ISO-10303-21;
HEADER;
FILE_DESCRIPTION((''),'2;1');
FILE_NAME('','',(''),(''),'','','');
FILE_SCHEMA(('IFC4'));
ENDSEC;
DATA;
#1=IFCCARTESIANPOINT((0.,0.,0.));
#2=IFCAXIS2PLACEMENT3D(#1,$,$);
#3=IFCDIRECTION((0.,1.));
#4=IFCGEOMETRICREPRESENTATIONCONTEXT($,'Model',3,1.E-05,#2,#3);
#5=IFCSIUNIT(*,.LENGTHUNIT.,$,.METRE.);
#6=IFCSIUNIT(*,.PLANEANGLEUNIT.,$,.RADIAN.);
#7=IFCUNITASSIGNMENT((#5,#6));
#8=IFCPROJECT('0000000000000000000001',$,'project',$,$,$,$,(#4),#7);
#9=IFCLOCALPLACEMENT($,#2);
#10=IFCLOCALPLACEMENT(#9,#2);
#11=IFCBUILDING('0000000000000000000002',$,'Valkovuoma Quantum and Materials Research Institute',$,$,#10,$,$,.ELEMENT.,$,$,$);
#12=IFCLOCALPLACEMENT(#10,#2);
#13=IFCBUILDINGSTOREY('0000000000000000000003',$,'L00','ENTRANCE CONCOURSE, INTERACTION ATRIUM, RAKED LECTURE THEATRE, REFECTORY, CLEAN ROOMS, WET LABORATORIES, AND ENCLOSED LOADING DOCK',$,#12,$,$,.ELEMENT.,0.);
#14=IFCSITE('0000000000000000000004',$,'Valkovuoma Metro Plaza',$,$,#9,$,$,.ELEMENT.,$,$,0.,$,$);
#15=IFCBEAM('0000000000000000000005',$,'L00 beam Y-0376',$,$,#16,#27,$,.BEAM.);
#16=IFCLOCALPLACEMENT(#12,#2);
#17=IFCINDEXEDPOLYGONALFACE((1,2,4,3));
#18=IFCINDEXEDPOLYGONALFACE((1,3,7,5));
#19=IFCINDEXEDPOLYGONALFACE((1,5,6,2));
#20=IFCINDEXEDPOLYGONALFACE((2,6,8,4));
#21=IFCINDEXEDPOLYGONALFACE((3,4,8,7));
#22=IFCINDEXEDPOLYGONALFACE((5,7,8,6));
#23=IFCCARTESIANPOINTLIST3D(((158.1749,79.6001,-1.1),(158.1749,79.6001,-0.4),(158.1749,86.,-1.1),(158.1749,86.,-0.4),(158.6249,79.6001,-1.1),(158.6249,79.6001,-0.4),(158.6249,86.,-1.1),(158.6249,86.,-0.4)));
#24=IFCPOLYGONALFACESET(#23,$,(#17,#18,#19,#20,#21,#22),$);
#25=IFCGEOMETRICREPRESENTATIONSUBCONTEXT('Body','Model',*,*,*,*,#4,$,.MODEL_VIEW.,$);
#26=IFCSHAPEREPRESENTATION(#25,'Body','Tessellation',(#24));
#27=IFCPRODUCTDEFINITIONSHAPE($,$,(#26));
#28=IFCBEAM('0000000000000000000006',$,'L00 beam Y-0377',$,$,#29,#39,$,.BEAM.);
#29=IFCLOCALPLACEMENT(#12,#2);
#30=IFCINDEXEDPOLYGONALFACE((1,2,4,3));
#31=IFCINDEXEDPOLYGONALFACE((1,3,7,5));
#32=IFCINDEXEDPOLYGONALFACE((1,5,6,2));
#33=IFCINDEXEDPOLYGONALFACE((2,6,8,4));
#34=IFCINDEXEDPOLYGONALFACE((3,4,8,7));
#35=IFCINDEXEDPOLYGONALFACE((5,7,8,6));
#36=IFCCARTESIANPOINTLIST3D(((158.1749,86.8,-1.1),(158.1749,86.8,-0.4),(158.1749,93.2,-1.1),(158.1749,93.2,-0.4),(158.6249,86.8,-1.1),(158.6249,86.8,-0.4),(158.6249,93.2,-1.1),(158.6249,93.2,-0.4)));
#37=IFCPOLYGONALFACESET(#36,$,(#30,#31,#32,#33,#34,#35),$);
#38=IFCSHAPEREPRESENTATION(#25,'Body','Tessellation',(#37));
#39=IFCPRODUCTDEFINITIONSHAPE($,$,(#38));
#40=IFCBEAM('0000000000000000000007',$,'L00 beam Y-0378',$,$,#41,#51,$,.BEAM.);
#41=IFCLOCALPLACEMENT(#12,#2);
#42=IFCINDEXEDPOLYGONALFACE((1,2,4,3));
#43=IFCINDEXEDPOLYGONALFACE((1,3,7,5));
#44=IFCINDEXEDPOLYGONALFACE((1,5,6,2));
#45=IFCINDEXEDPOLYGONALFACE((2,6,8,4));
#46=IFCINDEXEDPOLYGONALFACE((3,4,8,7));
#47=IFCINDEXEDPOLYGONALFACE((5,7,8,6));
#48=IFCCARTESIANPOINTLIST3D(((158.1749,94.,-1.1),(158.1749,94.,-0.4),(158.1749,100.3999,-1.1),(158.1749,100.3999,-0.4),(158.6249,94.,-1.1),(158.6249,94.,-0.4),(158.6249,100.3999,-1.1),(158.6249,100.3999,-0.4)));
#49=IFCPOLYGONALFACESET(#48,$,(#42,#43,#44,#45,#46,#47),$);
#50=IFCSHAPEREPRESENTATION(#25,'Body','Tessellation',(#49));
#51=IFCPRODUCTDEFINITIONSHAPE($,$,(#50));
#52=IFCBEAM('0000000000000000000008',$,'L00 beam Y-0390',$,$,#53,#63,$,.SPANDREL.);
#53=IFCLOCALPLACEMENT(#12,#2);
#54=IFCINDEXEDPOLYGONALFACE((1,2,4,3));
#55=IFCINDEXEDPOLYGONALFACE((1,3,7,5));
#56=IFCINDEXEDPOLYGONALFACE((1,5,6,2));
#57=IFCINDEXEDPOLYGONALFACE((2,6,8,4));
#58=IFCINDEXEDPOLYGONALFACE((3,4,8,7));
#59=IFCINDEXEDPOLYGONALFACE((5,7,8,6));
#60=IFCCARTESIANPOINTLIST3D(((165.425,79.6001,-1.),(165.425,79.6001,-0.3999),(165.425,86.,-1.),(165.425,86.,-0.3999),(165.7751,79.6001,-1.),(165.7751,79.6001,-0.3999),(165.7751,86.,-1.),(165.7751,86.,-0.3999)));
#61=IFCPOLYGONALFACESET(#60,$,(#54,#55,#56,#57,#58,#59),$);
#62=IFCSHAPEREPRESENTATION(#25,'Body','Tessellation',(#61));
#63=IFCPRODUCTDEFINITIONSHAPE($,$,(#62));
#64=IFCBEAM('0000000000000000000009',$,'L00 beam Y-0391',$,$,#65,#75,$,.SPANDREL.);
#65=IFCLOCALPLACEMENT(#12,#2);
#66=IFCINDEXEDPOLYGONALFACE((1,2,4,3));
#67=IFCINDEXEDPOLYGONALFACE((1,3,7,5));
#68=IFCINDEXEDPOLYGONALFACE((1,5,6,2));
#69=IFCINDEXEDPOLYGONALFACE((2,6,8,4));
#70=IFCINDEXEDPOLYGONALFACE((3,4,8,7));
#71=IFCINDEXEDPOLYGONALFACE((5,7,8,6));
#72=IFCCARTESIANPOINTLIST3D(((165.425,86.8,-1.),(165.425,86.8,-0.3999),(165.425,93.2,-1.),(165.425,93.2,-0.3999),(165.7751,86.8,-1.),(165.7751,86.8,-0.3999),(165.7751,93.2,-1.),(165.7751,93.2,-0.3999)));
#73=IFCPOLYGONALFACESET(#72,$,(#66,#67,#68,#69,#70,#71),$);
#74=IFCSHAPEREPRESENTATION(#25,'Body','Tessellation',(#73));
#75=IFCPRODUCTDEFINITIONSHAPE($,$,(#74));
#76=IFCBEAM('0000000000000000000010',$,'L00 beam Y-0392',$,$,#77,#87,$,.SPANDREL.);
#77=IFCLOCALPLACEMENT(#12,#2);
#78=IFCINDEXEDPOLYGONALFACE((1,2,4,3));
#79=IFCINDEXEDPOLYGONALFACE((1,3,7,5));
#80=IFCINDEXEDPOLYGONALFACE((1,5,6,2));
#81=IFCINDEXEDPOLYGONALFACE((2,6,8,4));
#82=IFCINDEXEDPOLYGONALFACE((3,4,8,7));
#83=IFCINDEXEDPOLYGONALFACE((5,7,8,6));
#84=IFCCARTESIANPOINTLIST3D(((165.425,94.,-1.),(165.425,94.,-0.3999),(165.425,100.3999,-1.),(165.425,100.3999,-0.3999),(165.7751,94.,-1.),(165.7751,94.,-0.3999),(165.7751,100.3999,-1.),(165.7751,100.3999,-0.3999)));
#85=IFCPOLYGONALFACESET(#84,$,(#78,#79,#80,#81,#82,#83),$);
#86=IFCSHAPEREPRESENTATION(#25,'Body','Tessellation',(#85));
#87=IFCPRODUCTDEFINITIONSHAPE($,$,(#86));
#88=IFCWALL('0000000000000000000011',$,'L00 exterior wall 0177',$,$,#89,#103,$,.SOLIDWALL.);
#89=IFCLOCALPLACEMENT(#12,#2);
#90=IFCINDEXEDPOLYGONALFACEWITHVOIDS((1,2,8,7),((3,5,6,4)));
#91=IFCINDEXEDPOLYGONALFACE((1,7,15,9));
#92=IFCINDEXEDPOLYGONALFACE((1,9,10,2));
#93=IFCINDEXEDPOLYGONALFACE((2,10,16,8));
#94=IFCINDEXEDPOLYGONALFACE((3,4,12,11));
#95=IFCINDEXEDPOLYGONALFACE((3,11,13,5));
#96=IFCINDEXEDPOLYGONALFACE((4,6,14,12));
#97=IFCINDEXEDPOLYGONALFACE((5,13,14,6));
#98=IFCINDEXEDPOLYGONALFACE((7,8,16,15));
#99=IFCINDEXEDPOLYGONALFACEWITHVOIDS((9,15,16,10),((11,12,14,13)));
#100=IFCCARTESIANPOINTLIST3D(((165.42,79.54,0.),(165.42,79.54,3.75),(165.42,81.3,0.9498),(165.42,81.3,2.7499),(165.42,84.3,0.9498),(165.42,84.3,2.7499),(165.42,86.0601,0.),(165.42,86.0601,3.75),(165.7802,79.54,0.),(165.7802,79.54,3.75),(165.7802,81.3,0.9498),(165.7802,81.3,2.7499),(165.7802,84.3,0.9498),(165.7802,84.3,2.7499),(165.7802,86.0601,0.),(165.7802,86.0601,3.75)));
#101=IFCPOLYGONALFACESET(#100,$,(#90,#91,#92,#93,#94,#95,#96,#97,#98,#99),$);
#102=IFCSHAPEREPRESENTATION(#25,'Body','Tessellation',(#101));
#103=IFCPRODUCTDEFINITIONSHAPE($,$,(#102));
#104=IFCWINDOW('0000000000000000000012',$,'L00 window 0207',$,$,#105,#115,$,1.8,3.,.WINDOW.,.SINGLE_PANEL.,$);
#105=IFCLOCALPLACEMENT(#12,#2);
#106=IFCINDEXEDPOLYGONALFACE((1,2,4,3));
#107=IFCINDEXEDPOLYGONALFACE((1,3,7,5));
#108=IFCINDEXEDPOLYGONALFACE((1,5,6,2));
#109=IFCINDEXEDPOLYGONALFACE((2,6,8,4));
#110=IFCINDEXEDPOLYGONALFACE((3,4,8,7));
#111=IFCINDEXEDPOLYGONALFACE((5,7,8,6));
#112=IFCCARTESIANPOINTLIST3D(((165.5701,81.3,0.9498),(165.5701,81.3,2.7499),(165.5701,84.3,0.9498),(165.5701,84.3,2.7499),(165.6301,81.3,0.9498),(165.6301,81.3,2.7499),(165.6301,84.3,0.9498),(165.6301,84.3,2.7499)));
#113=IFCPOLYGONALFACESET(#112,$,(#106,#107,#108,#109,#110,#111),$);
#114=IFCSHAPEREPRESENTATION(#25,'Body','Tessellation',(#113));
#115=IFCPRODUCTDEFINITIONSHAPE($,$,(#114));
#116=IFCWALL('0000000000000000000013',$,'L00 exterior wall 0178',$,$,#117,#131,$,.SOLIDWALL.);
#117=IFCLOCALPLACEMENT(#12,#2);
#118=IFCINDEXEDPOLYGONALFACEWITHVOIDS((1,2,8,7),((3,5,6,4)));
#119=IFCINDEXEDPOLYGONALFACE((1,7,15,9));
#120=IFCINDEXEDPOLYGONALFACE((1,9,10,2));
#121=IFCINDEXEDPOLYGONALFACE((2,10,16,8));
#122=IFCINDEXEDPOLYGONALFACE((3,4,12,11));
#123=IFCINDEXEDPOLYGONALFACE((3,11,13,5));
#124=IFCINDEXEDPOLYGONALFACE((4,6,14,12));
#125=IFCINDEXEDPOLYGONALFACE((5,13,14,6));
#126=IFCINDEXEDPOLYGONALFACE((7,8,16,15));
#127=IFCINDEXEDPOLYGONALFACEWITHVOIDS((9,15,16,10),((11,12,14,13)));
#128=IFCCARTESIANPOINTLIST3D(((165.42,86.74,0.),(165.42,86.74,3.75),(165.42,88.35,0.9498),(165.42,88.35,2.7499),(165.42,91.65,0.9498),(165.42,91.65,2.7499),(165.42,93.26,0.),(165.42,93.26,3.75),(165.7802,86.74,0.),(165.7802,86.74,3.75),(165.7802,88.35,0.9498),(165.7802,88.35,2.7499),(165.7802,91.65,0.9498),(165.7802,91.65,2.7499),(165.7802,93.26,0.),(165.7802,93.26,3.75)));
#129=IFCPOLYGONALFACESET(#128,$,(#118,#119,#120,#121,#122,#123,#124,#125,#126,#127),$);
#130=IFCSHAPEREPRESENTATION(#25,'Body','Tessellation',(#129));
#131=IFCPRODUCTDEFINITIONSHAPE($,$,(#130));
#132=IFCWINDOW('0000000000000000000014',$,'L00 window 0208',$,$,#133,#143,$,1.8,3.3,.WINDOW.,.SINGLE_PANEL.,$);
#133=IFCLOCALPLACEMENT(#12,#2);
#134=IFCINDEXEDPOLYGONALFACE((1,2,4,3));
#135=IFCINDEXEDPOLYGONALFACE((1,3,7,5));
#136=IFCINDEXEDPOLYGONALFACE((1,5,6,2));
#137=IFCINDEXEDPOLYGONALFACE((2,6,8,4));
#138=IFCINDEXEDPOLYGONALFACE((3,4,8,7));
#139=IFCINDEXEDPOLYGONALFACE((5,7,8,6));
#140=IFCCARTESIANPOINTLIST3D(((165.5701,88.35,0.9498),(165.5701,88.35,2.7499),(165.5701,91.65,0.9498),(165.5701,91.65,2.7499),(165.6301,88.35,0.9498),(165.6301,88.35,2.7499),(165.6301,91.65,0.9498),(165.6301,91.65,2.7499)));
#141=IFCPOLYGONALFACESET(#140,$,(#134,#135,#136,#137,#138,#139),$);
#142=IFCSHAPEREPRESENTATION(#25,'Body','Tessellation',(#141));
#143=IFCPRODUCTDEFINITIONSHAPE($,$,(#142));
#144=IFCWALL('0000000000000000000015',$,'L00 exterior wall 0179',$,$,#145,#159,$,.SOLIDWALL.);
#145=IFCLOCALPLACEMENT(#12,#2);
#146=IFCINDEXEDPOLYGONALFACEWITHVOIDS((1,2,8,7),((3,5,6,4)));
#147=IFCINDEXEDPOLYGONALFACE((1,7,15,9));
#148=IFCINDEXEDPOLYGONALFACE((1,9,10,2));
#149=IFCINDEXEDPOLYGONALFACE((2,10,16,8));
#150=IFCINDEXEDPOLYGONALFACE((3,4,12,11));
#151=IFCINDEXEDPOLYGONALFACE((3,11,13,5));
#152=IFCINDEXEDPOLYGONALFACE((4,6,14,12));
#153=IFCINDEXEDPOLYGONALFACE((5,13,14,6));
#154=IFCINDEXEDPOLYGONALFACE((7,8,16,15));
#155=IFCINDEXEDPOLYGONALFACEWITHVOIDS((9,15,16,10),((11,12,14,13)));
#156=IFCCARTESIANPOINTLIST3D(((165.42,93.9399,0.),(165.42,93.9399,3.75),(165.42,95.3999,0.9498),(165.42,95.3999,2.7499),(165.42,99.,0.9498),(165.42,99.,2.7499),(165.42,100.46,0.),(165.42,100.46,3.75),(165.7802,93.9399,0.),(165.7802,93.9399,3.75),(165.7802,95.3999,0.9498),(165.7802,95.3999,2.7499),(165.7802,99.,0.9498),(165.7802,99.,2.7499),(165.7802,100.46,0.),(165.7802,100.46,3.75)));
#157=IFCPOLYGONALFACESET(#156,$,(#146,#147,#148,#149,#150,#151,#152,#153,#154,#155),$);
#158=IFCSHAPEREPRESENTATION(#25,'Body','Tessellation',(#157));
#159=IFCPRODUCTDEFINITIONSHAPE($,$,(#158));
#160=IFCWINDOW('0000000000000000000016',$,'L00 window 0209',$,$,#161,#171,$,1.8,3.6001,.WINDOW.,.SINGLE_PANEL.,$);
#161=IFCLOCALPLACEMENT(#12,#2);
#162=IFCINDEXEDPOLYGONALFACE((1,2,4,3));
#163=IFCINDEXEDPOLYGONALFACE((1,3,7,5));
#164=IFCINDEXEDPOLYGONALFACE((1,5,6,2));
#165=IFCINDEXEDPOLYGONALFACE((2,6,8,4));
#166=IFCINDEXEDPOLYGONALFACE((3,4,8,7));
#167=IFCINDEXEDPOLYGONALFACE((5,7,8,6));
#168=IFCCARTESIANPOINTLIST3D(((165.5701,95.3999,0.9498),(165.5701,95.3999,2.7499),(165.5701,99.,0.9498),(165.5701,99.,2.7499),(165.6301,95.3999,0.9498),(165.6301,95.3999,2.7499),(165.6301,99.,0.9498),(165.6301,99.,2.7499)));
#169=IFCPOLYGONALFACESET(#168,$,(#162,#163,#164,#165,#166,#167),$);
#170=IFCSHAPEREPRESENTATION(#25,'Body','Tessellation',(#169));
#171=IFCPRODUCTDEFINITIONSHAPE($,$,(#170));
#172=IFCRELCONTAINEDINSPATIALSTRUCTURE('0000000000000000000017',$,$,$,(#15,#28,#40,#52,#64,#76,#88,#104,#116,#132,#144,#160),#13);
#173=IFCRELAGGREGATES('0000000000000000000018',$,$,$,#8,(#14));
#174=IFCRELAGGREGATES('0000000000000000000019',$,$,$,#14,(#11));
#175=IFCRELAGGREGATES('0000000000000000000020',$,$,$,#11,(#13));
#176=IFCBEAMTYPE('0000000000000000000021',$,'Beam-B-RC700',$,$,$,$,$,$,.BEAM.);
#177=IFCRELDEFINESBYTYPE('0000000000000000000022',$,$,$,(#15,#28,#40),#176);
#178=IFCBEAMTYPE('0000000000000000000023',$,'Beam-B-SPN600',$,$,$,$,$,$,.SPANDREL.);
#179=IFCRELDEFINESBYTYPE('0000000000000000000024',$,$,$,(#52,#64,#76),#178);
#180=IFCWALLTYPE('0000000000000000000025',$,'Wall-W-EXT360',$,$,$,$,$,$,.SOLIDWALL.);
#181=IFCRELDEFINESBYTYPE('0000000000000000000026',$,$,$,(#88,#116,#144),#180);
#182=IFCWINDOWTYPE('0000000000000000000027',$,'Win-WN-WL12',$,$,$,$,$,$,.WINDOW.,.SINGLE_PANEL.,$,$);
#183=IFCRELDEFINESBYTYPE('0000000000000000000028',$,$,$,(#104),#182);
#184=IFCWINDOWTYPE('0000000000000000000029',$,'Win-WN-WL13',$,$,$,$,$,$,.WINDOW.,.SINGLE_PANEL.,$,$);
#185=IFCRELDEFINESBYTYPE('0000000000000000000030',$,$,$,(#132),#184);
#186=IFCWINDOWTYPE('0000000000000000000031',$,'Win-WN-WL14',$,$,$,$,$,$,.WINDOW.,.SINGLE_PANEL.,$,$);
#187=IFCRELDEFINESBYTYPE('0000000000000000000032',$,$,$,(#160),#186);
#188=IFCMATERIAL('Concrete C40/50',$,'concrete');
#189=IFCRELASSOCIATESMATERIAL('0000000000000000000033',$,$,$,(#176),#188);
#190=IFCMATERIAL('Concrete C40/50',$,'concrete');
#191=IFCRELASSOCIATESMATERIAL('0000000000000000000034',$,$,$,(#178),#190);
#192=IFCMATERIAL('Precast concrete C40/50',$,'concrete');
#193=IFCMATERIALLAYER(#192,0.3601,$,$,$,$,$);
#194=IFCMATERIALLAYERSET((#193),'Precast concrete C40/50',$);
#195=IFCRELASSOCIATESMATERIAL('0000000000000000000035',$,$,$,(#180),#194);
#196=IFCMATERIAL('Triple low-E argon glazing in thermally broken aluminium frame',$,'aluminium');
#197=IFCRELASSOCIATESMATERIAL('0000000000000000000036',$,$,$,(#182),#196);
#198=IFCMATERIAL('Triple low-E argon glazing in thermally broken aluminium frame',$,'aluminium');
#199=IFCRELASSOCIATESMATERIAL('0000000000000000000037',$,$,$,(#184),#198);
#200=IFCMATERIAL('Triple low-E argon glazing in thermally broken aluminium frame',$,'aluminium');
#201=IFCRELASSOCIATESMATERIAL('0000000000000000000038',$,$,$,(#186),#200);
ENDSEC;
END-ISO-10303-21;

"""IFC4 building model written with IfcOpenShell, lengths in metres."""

from ifc_helpers import new_model, si_unit, direction, frame, frame_2d, origin, origin_2d, place, context, subcontext, project, spatial, rectangle, extrude, material, layer, layer_set, material_profile, profile_set, type_object, element, fill, save


model = new_model("IFC4")

# Units and contexts
model_context = context("Model", 3, precision=1e-05, world=origin(), true_north=direction((0.0, 1.0)))
body_context = subcontext(model_context, "Body", "Model", "MODEL_VIEW")
ifc_project = project(units=[si_unit("LENGTHUNIT", "METRE"), si_unit("PLANEANGLEUNIT", "RADIAN")], contexts=[model_context])

# Site, building, storey
site_placement = place(None, origin())
site = spatial("IfcSite", under=ifc_project, at=site_placement, Name="Valkovuoma Metro Plaza", CompositionType="ELEMENT", RefElevation=0.0)
building_placement = place(site_placement, origin())
building = spatial("IfcBuilding", under=site, at=building_placement, Name="Valkovuoma Quantum and Materials Research Institute", CompositionType="ELEMENT")
storey_placement = place(building_placement, origin())
storey = spatial("IfcBuildingStorey", under=building, at=storey_placement, Name="L00", Description="ENTRANCE CONCOURSE, INTERACTION ATRIUM, RAKED LECTURE THEATRE, REFECTORY, CLEAN ROOMS, WET LABORATORIES, AND ENCLOSED LOADING DOCK", CompositionType="ELEMENT", Elevation=0.0)

# Beams
ifc_material_1 = material(Name="Concrete C40/50", Category="concrete")
ifc_material_profile_1 = material_profile(ifc_material_1, rectangle(XDim=0.45, YDim=0.7, at=origin_2d()), Name="Concrete C40/50")
ifc_profile_set_1 = profile_set([ifc_material_profile_1], Name="Concrete C40/50")
beam_type_1 = type_object("IfcBeamType", Name="Beam-B-RC700", PredefinedType="BEAM", material=ifc_profile_set_1)
for number, where, z_axis, x_axis, name in (
    (1, (158.3999, 79.6001, -0.75), (0.0, 1.0, 0.0), (-1.0, 0.0, 0.0), "L00 beam Y-0376"),
    (2, (158.3999, 86.8, -0.75), (0.0, 1.0, 0.0), (-1.0, 0.0, 0.0), "L00 beam Y-0377"),
    (3, (158.3999, 94.0, -0.75), (0.0, 1.0, 0.0), (-1.0, 0.0, 0.0), "L00 beam Y-0378"),
):
    element("IfcBeam", number, at=place(storey_placement, frame(where, z_axis=z_axis, x_axis=x_axis)), inside=storey, type_object=beam_type_1, Name=name, PredefinedType="BEAM", context=body_context, shape_type="SweptSolid", body=[
        extrude(rectangle(XDim=0.45, YDim=0.7, at=origin_2d()), origin(), (0.0, 0.0, 1.0), 6.3999),
    ])
ifc_material_2 = material(Name="Concrete C40/50", Category="concrete")
ifc_material_profile_2 = material_profile(ifc_material_2, rectangle(XDim=0.3501, YDim=0.6001, at=origin_2d()), Name="Concrete C40/50")
ifc_profile_set_2 = profile_set([ifc_material_profile_2], Name="Concrete C40/50")
beam_type_2 = type_object("IfcBeamType", Name="Beam-B-SPN600", PredefinedType="SPANDREL", material=ifc_profile_set_2)
for number, where, z_axis, x_axis, name in (
    (4, (165.6001, 79.6001, -0.7), (0.0, 1.0, 0.0), (-1.0, 0.0, 0.0), "L00 beam Y-0390"),
    (5, (165.6001, 86.8, -0.7), (0.0, 1.0, 0.0), (-1.0, 0.0, 0.0), "L00 beam Y-0391"),
    (6, (165.6001, 94.0, -0.7), (0.0, 1.0, 0.0), (-1.0, 0.0, 0.0), "L00 beam Y-0392"),
):
    element("IfcBeam", number, at=place(storey_placement, frame(where, z_axis=z_axis, x_axis=x_axis)), inside=storey, type_object=beam_type_2, Name=name, PredefinedType="SPANDREL", context=body_context, shape_type="SweptSolid", body=[
        extrude(rectangle(XDim=0.3501, YDim=0.6001, at=origin_2d()), origin(), (0.0, 0.0, 1.0), 6.3999),
    ])

# Walls, openings, windows
ifc_material_3 = material(Name="Precast concrete C40/50", Category="concrete")
ifc_layer_1 = layer(ifc_material_3, 0.3601)
ifc_layer_set_1 = layer_set([ifc_layer_1], Name="Precast concrete C40/50")
wall_type_1 = type_object("IfcWallType", Name="Wall-W-EXT360", PredefinedType="SOLIDWALL", material=ifc_layer_set_1)
wall_1_placement = place(storey_placement, frame((165.6001, 79.54, 0.0), z_axis=(0.0, 0.0, 1.0), x_axis=(0.0, 1.0, 0.0)))
wall_1 = element("IfcWall", 7, at=wall_1_placement, inside=storey, type_object=wall_type_1, Name="L00 exterior wall 0177", PredefinedType="SOLIDWALL", context=body_context, shape_type="SweptSolid", body=[
    extrude(rectangle(XDim=6.52, YDim=0.3601, at=frame_2d((3.26, 0.0))), origin(), (0.0, 0.0, 1.0), 3.75),
])
opening_1_placement = place(wall_1_placement, frame((1.76, 0.0, 0.95)))
opening_1 = element("IfcOpeningElement", 8, at=opening_1_placement, cuts=wall_1, PredefinedType="OPENING", context=body_context, shape_type="SweptSolid", body=[
    extrude(rectangle(XDim=3.0, YDim=1.8, at=frame_2d((1.5, 0.8999))), frame((0.0, 0.1899, 0.0), z_axis=(0.0, -1.0, 0.0), x_axis=(1.0, 0.0, 0.0)), (0.0, 0.0, 1.0), 0.3801),
])
ifc_material_4 = material(Name="Triple low-E argon glazing in thermally broken aluminium frame", Category="aluminium")
window_type_1 = type_object("IfcWindowType", Name="Win-WN-WL12", PartitioningType="SINGLE_PANEL", PredefinedType="WINDOW", material=ifc_material_4)
window_1_placement = place(opening_1_placement, origin())
window_1 = element("IfcWindow", 9, at=window_1_placement, inside=storey, type_object=window_type_1, Name="L00 window 0207", OverallHeight=1.8, OverallWidth=3.0, PartitioningType="SINGLE_PANEL", PredefinedType="WINDOW", context=body_context, shape_type="SweptSolid", body=[
    extrude(rectangle(XDim=3.0, YDim=1.8, at=frame_2d((1.5, 0.8999))), frame((0.0, 0.03, 0.0), z_axis=(0.0, -1.0, 0.0), x_axis=(1.0, 0.0, 0.0)), (0.0, 0.0, 1.0), 0.0601),
])
fill(opening_1, window_1)
wall_2_placement = place(storey_placement, frame((165.6001, 86.74, 0.0), z_axis=(0.0, 0.0, 1.0), x_axis=(0.0, 1.0, 0.0)))
wall_2 = element("IfcWall", 10, at=wall_2_placement, inside=storey, type_object=wall_type_1, Name="L00 exterior wall 0178", PredefinedType="SOLIDWALL", context=body_context, shape_type="SweptSolid", body=[
    extrude(rectangle(XDim=6.52, YDim=0.3601, at=frame_2d((3.26, 0.0))), origin(), (0.0, 0.0, 1.0), 3.75),
])
opening_2_placement = place(wall_2_placement, frame((1.6101, 0.0, 0.95)))
opening_2 = element("IfcOpeningElement", 11, at=opening_2_placement, cuts=wall_2, PredefinedType="OPENING", context=body_context, shape_type="SweptSolid", body=[
    extrude(rectangle(XDim=3.3, YDim=1.8, at=frame_2d((1.6499, 0.8999))), frame((0.0, 0.1899, 0.0), z_axis=(0.0, -1.0, 0.0), x_axis=(1.0, 0.0, 0.0)), (0.0, 0.0, 1.0), 0.3801),
])
ifc_material_5 = material(Name="Triple low-E argon glazing in thermally broken aluminium frame", Category="aluminium")
window_type_2 = type_object("IfcWindowType", Name="Win-WN-WL13", PartitioningType="SINGLE_PANEL", PredefinedType="WINDOW", material=ifc_material_5)
window_2_placement = place(opening_2_placement, origin())
window_2 = element("IfcWindow", 12, at=window_2_placement, inside=storey, type_object=window_type_2, Name="L00 window 0208", OverallHeight=1.8, OverallWidth=3.3, PartitioningType="SINGLE_PANEL", PredefinedType="WINDOW", context=body_context, shape_type="SweptSolid", body=[
    extrude(rectangle(XDim=3.3, YDim=1.8, at=frame_2d((1.6499, 0.8999))), frame((0.0, 0.03, 0.0), z_axis=(0.0, -1.0, 0.0), x_axis=(1.0, 0.0, 0.0)), (0.0, 0.0, 1.0), 0.0601),
])
fill(opening_2, window_2)
wall_3_placement = place(storey_placement, frame((165.6001, 93.9399, 0.0), z_axis=(0.0, 0.0, 1.0), x_axis=(0.0, 1.0, 0.0)))
wall_3 = element("IfcWall", 13, at=wall_3_placement, inside=storey, type_object=wall_type_1, Name="L00 exterior wall 0179", PredefinedType="SOLIDWALL", context=body_context, shape_type="SweptSolid", body=[
    extrude(rectangle(XDim=6.52, YDim=0.3601, at=frame_2d((3.26, 0.0))), origin(), (0.0, 0.0, 1.0), 3.75),
])
opening_3_placement = place(wall_3_placement, frame((1.46, 0.0, 0.95)))
opening_3 = element("IfcOpeningElement", 14, at=opening_3_placement, cuts=wall_3, PredefinedType="OPENING", context=body_context, shape_type="SweptSolid", body=[
    extrude(rectangle(XDim=3.6001, YDim=1.8, at=frame_2d((1.8, 0.8999))), frame((0.0, 0.1899, 0.0), z_axis=(0.0, -1.0, 0.0), x_axis=(1.0, 0.0, 0.0)), (0.0, 0.0, 1.0), 0.3801),
])
ifc_material_6 = material(Name="Triple low-E argon glazing in thermally broken aluminium frame", Category="aluminium")
window_type_3 = type_object("IfcWindowType", Name="Win-WN-WL14", PartitioningType="SINGLE_PANEL", PredefinedType="WINDOW", material=ifc_material_6)
window_3_placement = place(opening_3_placement, origin())
window_3 = element("IfcWindow", 15, at=window_3_placement, inside=storey, type_object=window_type_3, Name="L00 window 0209", OverallHeight=1.8, OverallWidth=3.6001, PartitioningType="SINGLE_PANEL", PredefinedType="WINDOW", context=body_context, shape_type="SweptSolid", body=[
    extrude(rectangle(XDim=3.6001, YDim=1.8, at=frame_2d((1.8, 0.8999))), frame((0.0, 0.03, 0.0), z_axis=(0.0, -1.0, 0.0), x_axis=(1.0, 0.0, 0.0)), (0.0, 0.0, 1.0), 0.0601),
])
fill(opening_3, window_3)

save(model, "model.ifc")
